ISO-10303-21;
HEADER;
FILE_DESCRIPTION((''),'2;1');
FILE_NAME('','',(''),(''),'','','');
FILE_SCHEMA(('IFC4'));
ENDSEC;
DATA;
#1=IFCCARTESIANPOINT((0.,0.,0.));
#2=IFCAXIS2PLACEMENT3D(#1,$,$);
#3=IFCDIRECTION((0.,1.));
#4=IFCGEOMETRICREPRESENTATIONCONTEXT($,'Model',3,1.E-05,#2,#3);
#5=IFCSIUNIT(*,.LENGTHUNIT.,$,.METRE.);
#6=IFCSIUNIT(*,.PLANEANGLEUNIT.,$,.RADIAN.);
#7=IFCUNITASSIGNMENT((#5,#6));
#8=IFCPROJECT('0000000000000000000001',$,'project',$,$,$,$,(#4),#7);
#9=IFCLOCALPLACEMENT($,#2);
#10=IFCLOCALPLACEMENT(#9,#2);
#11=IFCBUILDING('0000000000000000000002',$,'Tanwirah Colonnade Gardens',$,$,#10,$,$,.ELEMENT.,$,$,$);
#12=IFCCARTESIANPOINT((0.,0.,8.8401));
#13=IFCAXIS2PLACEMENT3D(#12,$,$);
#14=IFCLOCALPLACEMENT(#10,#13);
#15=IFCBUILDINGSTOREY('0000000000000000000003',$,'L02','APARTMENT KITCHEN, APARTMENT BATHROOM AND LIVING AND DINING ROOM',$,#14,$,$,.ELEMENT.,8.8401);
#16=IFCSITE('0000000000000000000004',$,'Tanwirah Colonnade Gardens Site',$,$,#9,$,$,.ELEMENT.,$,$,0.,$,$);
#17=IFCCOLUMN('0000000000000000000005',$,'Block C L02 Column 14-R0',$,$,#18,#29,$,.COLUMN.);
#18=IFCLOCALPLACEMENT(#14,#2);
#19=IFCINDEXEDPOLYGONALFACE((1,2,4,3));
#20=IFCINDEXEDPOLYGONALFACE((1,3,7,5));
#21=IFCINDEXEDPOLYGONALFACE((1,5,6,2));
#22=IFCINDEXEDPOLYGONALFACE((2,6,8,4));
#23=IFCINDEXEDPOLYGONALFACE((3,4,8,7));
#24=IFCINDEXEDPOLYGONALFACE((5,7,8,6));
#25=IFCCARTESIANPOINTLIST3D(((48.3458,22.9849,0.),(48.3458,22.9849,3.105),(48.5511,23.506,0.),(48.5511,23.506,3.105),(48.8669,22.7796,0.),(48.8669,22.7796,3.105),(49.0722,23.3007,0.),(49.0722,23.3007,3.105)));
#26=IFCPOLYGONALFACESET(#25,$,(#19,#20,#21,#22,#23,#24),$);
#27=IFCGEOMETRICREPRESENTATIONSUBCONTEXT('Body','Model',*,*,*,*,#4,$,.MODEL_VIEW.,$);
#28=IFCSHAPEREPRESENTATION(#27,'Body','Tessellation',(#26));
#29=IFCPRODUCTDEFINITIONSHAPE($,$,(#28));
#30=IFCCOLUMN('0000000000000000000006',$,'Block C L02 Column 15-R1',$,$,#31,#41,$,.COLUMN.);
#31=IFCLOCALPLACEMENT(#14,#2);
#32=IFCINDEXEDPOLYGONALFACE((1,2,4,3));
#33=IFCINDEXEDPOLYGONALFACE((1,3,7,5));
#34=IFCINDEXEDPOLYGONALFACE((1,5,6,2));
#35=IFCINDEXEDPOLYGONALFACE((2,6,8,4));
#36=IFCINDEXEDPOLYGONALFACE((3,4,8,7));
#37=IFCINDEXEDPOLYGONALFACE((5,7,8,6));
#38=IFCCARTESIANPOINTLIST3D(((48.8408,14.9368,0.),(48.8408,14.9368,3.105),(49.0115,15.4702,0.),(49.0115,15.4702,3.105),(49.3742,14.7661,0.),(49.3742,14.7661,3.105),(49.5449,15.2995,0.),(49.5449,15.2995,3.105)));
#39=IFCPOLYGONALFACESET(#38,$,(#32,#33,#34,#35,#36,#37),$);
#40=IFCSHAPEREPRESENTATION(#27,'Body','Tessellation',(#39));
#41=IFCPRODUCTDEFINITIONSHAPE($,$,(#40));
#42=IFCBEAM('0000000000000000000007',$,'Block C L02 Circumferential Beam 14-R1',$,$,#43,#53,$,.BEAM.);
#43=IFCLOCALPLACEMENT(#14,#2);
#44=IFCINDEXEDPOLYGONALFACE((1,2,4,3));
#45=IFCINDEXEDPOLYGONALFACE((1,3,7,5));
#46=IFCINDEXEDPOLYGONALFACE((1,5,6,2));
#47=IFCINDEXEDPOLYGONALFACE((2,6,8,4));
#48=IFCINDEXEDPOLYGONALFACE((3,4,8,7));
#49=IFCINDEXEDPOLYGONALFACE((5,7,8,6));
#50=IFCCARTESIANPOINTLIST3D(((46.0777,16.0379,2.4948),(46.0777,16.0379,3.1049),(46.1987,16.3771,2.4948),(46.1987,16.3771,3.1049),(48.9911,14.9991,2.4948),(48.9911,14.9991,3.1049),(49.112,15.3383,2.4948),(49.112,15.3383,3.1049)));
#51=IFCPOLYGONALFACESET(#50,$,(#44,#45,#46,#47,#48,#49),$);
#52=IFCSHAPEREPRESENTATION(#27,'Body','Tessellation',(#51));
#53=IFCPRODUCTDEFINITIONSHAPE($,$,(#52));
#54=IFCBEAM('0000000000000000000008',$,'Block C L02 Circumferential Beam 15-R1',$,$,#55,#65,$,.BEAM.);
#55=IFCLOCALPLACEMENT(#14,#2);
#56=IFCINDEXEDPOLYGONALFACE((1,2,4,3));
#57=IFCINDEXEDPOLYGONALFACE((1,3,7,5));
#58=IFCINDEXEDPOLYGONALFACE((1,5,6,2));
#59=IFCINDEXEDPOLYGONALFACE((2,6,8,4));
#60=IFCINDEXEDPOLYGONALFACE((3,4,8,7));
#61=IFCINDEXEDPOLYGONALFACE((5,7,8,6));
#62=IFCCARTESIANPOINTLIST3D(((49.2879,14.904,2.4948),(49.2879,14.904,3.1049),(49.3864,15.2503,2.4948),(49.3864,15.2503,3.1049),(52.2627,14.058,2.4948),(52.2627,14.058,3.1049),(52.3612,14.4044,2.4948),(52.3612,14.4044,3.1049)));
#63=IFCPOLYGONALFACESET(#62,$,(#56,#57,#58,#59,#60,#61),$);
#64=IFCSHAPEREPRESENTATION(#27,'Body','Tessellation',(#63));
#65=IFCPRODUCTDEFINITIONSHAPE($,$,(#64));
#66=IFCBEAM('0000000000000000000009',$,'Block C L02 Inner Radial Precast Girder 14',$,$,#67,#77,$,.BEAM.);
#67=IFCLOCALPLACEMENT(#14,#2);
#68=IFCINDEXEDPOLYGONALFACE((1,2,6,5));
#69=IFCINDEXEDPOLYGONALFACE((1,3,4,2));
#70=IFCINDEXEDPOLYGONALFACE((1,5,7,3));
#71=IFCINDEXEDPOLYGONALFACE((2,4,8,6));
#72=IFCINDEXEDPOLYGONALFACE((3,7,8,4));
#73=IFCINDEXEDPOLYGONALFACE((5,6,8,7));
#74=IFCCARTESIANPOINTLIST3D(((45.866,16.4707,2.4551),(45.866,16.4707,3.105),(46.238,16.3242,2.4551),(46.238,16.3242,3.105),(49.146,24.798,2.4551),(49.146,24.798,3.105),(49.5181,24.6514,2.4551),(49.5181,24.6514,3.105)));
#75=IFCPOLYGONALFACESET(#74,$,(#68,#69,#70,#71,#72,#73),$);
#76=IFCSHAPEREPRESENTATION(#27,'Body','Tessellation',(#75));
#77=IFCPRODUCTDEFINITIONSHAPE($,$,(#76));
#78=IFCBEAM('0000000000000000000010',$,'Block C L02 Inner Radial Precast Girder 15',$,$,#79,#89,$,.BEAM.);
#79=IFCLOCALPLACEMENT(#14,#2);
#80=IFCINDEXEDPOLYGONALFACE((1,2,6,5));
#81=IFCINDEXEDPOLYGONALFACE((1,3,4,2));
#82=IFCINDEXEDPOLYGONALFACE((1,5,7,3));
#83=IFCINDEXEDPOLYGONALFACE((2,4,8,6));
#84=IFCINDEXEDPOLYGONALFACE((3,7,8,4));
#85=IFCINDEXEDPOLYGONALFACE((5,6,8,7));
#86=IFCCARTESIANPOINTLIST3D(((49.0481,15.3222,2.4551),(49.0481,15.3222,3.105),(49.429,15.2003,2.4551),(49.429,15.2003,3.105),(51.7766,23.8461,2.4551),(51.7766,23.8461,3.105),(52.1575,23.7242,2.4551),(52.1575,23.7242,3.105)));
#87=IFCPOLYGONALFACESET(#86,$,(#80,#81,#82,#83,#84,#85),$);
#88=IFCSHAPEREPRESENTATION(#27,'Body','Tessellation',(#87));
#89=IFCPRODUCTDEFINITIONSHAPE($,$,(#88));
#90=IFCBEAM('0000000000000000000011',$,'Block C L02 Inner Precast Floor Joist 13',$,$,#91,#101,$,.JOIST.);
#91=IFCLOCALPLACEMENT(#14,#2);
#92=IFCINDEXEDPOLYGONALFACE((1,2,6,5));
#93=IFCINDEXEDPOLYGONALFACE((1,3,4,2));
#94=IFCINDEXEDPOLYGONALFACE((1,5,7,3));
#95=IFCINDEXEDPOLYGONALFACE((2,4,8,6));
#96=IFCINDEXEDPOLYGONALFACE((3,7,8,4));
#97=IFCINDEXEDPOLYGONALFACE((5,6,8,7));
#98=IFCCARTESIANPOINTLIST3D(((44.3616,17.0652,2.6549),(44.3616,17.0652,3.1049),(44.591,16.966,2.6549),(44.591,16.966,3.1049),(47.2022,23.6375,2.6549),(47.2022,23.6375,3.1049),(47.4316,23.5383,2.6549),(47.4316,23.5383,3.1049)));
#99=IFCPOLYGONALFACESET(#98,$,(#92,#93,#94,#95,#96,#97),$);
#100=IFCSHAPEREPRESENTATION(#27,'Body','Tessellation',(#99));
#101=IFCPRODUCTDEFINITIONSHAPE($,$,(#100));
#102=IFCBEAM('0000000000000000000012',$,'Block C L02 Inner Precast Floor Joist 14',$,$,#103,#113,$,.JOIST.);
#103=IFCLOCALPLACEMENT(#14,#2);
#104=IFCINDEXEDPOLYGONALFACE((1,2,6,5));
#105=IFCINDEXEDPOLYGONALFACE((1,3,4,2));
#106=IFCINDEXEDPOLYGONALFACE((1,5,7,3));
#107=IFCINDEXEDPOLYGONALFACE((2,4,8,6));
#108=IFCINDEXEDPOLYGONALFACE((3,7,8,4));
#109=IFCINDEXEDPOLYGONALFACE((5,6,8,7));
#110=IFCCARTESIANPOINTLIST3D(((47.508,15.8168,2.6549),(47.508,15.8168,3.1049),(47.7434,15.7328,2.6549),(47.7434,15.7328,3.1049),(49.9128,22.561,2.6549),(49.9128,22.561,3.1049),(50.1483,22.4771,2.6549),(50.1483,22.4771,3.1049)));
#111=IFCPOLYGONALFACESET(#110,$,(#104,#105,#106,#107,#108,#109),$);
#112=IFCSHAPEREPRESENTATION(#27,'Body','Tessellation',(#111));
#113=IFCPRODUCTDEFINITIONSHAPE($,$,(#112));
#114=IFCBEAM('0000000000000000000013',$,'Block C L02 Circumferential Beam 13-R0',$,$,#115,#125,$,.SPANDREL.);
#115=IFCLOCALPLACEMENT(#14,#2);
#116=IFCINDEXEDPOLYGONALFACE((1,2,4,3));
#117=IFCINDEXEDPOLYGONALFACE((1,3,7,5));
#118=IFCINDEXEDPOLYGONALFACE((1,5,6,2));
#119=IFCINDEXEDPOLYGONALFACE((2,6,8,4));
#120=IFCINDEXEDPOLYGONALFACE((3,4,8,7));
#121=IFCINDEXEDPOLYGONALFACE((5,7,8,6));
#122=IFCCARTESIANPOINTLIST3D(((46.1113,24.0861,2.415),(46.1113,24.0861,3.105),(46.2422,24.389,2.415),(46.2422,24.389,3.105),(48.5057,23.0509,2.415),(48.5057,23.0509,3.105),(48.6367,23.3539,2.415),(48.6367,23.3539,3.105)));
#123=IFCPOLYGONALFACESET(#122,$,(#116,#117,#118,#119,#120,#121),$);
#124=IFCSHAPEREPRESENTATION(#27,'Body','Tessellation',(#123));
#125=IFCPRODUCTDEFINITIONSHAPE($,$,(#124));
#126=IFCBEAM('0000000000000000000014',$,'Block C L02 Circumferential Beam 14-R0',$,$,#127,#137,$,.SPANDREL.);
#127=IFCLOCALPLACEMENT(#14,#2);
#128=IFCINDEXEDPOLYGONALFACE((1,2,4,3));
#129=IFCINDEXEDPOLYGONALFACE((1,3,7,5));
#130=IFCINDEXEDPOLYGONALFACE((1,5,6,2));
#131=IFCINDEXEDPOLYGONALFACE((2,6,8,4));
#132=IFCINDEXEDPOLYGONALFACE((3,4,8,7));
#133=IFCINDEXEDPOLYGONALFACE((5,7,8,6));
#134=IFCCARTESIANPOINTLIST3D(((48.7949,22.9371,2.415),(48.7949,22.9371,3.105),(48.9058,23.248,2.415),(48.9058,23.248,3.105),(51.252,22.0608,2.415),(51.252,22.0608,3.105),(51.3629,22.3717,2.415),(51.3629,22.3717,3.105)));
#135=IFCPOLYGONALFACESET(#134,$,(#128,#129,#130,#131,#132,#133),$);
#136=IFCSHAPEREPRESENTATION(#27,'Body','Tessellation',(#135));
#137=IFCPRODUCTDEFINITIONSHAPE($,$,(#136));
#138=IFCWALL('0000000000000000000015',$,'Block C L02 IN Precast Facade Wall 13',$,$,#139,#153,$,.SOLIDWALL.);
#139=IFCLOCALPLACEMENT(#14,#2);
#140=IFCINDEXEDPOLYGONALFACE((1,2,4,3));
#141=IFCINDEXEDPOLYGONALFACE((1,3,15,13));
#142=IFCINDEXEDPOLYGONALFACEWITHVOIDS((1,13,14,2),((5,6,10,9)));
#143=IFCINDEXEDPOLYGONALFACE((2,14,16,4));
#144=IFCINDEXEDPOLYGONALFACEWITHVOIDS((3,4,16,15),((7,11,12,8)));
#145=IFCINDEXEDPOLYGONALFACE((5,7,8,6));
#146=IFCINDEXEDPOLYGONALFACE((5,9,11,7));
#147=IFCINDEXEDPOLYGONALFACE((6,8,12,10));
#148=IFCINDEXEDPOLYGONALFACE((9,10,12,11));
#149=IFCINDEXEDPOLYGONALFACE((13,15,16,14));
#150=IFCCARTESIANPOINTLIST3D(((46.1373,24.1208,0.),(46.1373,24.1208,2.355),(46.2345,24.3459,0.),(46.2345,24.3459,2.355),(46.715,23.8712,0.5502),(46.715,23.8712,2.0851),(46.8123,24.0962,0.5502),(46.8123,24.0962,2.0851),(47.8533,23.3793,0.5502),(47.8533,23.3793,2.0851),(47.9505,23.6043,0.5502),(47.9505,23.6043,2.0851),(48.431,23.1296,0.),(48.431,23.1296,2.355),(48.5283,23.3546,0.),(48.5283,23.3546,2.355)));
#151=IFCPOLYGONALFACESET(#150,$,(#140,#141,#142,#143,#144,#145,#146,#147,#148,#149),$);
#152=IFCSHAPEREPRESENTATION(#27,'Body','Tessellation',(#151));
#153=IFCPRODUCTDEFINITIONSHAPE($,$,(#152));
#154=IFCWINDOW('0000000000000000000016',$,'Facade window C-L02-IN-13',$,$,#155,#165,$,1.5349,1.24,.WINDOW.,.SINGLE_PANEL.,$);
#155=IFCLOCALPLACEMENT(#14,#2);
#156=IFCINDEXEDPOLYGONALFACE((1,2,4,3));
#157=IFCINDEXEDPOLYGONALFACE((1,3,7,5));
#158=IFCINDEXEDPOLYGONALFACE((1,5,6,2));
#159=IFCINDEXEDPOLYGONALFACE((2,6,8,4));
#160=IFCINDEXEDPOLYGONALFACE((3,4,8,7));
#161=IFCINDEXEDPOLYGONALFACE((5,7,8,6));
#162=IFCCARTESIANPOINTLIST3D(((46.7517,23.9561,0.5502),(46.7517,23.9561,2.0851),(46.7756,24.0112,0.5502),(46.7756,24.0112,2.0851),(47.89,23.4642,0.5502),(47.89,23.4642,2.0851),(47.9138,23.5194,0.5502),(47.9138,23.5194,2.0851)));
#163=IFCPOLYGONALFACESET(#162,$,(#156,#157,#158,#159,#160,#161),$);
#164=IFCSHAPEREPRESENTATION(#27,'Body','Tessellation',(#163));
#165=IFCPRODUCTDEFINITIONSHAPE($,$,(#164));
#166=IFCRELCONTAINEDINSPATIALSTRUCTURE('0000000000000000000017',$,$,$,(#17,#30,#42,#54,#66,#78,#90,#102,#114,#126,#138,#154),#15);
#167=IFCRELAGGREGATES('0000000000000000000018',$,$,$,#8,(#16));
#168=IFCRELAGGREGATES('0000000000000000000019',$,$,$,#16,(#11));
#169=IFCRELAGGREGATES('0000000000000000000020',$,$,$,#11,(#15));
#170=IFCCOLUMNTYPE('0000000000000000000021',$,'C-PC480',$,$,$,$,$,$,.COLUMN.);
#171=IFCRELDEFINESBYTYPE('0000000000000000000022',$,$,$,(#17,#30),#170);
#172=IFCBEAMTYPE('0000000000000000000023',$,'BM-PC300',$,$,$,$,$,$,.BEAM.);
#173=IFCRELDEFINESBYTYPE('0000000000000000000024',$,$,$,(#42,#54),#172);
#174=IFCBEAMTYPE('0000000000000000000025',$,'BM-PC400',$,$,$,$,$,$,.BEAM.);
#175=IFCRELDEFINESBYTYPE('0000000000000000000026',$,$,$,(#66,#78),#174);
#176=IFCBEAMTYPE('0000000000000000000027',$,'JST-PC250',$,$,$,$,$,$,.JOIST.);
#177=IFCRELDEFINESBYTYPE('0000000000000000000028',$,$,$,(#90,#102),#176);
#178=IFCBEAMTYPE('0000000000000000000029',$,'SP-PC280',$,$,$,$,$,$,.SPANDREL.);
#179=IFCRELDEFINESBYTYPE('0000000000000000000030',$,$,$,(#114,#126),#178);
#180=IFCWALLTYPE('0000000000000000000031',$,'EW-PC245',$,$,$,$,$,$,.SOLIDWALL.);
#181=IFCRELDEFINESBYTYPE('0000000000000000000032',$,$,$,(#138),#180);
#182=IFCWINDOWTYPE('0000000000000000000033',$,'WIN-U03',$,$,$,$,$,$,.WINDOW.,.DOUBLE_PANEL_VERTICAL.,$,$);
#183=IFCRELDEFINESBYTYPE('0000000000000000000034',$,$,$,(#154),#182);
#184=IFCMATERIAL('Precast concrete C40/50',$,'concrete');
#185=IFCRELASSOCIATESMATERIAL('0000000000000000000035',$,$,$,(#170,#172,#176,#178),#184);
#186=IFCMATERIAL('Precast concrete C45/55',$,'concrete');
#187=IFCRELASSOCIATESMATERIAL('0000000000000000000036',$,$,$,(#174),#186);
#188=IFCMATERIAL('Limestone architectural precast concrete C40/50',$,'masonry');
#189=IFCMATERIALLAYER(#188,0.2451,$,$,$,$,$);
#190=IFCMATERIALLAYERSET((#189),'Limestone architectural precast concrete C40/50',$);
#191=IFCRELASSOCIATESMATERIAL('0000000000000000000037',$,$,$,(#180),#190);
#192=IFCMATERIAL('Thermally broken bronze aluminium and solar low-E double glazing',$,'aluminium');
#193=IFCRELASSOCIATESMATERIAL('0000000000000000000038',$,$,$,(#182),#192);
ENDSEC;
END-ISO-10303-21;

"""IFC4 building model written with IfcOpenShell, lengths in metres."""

from ifc_helpers import new_model, si_unit, direction, frame, frame_2d, origin, origin_2d, place, context, subcontext, project, spatial, rectangle, extrude, material, layer, layer_set, material_profile, profile_set, type_object, element, fill, save


model = new_model("IFC4")

# Units and contexts
model_context = context("Model", 3, precision=1e-05, world=origin(), true_north=direction((0.0, 1.0)))
body_context = subcontext(model_context, "Body", "Model", "MODEL_VIEW")
ifc_project = project(units=[si_unit("LENGTHUNIT", "METRE"), si_unit("PLANEANGLEUNIT", "RADIAN")], contexts=[model_context])

# Site, building, storey
site_placement = place(None, origin())
site = spatial("IfcSite", under=ifc_project, at=site_placement, Name="Tanwirah Colonnade Gardens Site", CompositionType="ELEMENT", RefElevation=0.0)
building_placement = place(site_placement, origin())
building = spatial("IfcBuilding", under=site, at=building_placement, Name="Tanwirah Colonnade Gardens", CompositionType="ELEMENT")
storey_placement = place(building_placement, frame((0.0, 0.0, 8.8401)))
storey = spatial("IfcBuildingStorey", under=building, at=storey_placement, Name="L02", Description="APARTMENT KITCHEN, APARTMENT BATHROOM AND LIVING AND DINING ROOM", CompositionType="ELEMENT", Elevation=8.8401)

# Columns
ifc_material_1 = material(Name="Precast concrete C40/50", Category="concrete")
ifc_material_profile_1 = material_profile(ifc_material_1, rectangle(XDim=0.5601, YDim=0.5601, at=origin_2d()), Name="PC-COL 560x560")
ifc_profile_set_1 = profile_set([ifc_material_profile_1], Name="Precast concrete C40/50")
column_type = type_object("IfcColumnType", Name="C-PC480", PredefinedType="COLUMN", material=ifc_profile_set_1)
for number, where, z_axis, x_axis, name in (
    (1, (48.709, 23.1428, 0.0), (0.0, 0.0, 1.0), (-0.366501, -0.930418, 0.0), "Block C L02 Column 14-R0"),
    (2, (49.1929, 15.1182, 0.0), (0.0, 0.0, 1.0), (-0.304864, -0.952396, 0.0), "Block C L02 Column 15-R1"),
):
    element("IfcColumn", number, at=place(storey_placement, frame(where, z_axis=z_axis, x_axis=x_axis)), inside=storey, type_object=column_type, Name=name, PredefinedType="COLUMN", context=body_context, shape_type="SweptSolid", body=[
        extrude(rectangle(XDim=0.5601, YDim=0.5601, at=origin_2d()), origin(), (0.0, 0.0, 1.0), 3.105),
    ])

# Beams
ifc_material_profile_2 = material_profile(ifc_material_1, rectangle(XDim=0.3601, YDim=0.6101, at=origin_2d()), Name="PC-BM 360x610")
ifc_profile_set_2 = profile_set([ifc_material_profile_2], Name="Precast concrete C40/50")
beam_type_1 = type_object("IfcBeamType", Name="BM-PC300", PredefinedType="BEAM", material=ifc_profile_set_2)
beam_1_placement = place(storey_placement, frame((46.1382, 16.2075, 2.7998), z_axis=(0.941911, -0.335861, 0.0), x_axis=(0.335861, 0.941911, 0.0)))
element("IfcBeam", 3, at=beam_1_placement, inside=storey, type_object=beam_type_1, Name="Block C L02 Circumferential Beam 14-R1", PredefinedType="BEAM", context=body_context, shape_type="SweptSolid", body=[
    extrude(rectangle(XDim=0.3601, YDim=0.6101, at=origin_2d()), origin(), (0.0, 0.0, 1.0), 3.093),
])
beam_2_placement = place(storey_placement, frame((49.3372, 15.0771, 2.7998), z_axis=(0.961866, -0.273522, 0.0), x_axis=(0.273522, 0.961866, 0.0)))
element("IfcBeam", 4, at=beam_2_placement, inside=storey, type_object=beam_type_1, Name="Block C L02 Circumferential Beam 15-R1", PredefinedType="BEAM", context=body_context, shape_type="SweptSolid", body=[
    extrude(rectangle(XDim=0.3601, YDim=0.6101, at=origin_2d()), origin(), (0.0, 0.0, 1.0), 3.0928),
])
ifc_material_2 = material(Name="Precast concrete C45/55", Category="concrete")
ifc_material_profile_3 = material_profile(ifc_material_2, rectangle(XDim=0.3999, YDim=0.6499, at=origin_2d()), Name="PC-BM 400x650")
ifc_profile_set_3 = profile_set([ifc_material_profile_3], Name="Precast concrete C45/55")
beam_type_2 = type_object("IfcBeamType", Name="BM-PC400", PredefinedType="BEAM", material=ifc_profile_set_3)
for number, where, z_axis, x_axis, name in (
    (5, (46.052, 16.3975, 2.78), (0.366489, 0.930422, 0.0), (-0.930422, 0.366489, 0.0), "Block C L02 Inner Radial Precast Girder 14"),
    (6, (49.2385, 15.2612, 2.78), (0.304863, 0.952396, 0.0), (-0.952396, 0.304863, 0.0), "Block C L02 Inner Radial Precast Girder 15"),
):
    element("IfcBeam", number, at=place(storey_placement, frame(where, z_axis=z_axis, x_axis=x_axis)), inside=storey, type_object=beam_type_2, Name=name, PredefinedType="BEAM", context=body_context, shape_type="SweptSolid", body=[
        extrude(rectangle(XDim=0.3999, YDim=0.6499, at=origin_2d()), origin(), (0.0, 0.0, 1.0), 8.95),
    ])
ifc_material_profile_4 = material_profile(ifc_material_1, rectangle(XDim=0.25, YDim=0.45, at=origin_2d()), Name="PC-JST 250x450")
ifc_profile_set_4 = profile_set([ifc_material_profile_4], Name="Precast concrete C40/50")
beam_type_3 = type_object("IfcBeamType", Name="JST-PC250", PredefinedType="JOIST", material=ifc_profile_set_4)
beam_3_placement = place(storey_placement, frame((47.3169, 23.5879, 2.8799), z_axis=(-0.396736, -0.917933, 0.0), x_axis=(0.917933, -0.396736, 0.0)))
element("IfcBeam", 7, at=beam_3_placement, inside=storey, type_object=beam_type_3, Name="Block C L02 Inner Precast Floor Joist 13", PredefinedType="JOIST", context=body_context, shape_type="SweptSolid", body=[
    extrude(rectangle(XDim=0.25, YDim=0.45, at=origin_2d()), origin(), (0.0, 0.0, 1.0), 7.1599),
])
beam_4_placement = place(storey_placement, frame((50.0305, 22.519, 2.8799), z_axis=(-0.335861, -0.941912, 0.0), x_axis=(0.941912, -0.335861, 0.0)))
element("IfcBeam", 8, at=beam_4_placement, inside=storey, type_object=beam_type_3, Name="Block C L02 Inner Precast Floor Joist 14", PredefinedType="JOIST", context=body_context, shape_type="SweptSolid", body=[
    extrude(rectangle(XDim=0.25, YDim=0.45, at=origin_2d()), origin(), (0.0, 0.0, 1.0), 7.1602),
])
ifc_material_profile_5 = material_profile(ifc_material_1, rectangle(XDim=0.3301, YDim=0.6899, at=origin_2d()), Name="PC-SP 330x690")
ifc_profile_set_5 = profile_set([ifc_material_profile_5], Name="Precast concrete C40/50")
beam_type_4 = type_object("IfcBeamType", Name="SP-PC280", PredefinedType="SPANDREL", material=ifc_profile_set_5)
for number, where, z_axis, x_axis, name in (
    (9, (46.1768, 24.2375, 2.76), (0.917901, -0.396809, 0.0), (0.396809, 0.917901, 0.0), "Block C L02 Circumferential Beam 13-R0"),
    (10, (48.8503, 23.0925, 2.76), (0.941898, -0.335898, 0.0), (0.335898, 0.941898, 0.0), "Block C L02 Circumferential Beam 14-R0"),
):
    element("IfcBeam", number, at=place(storey_placement, frame(where, z_axis=z_axis, x_axis=x_axis)), inside=storey, type_object=beam_type_4, Name=name, PredefinedType="SPANDREL", context=body_context, shape_type="SweptSolid", body=[
        extrude(rectangle(XDim=0.3301, YDim=0.6899, at=origin_2d()), origin(), (0.0, 0.0, 1.0), 2.6086),
    ])

# Wall, opening, window
ifc_material_3 = material(Name="Limestone architectural precast concrete C40/50", Category="masonry")
ifc_layer_1 = layer(ifc_material_3, 0.2451)
ifc_layer_set_1 = layer_set([ifc_layer_1], Name="Limestone architectural precast concrete C40/50")
wall_type_1 = type_object("IfcWallType", Name="EW-PC245", PredefinedType="SOLIDWALL", material=ifc_layer_set_1)
wall_1_placement = place(storey_placement, frame((46.1858, 24.2334, 0.0), z_axis=(0.0, 0.0, 1.0), x_axis=(0.917953, -0.396689, 0.0)))
wall_1 = element("IfcWall", 11, at=wall_1_placement, inside=storey, type_object=wall_type_1, Name="Block C L02 IN Precast Facade Wall 13", PredefinedType="SOLIDWALL", context=body_context, shape_type="SweptSolid", body=[
    extrude(rectangle(XDim=2.4988, YDim=0.2451, at=frame_2d((1.2495, 0.0))), origin(), (0.0, 0.0, 1.0), 2.355),
])
opening_1_placement = place(wall_1_placement, frame((0.6294, 0.0, 0.55)))
opening_1 = element("IfcOpeningElement", 12, at=opening_1_placement, cuts=wall_1, PredefinedType="OPENING", context=body_context, shape_type="SweptSolid", body=[
    extrude(rectangle(XDim=1.24, YDim=1.5349, at=frame_2d((0.6201, 0.7676))), frame((0.0, 0.1326, 0.0), z_axis=(0.0, -1.0, 0.0), x_axis=(1.0, 0.0, 0.0)), (0.0, 0.0, 1.0), 0.2651),
])
ifc_material_4 = material(Name="Thermally broken bronze aluminium and solar low-E double glazing", Category="aluminium")
window_type = type_object("IfcWindowType", Name="WIN-U03", PartitioningType="DOUBLE_PANEL_VERTICAL", PredefinedType="WINDOW", material=ifc_material_4)
window_placement = place(opening_1_placement, origin())
window = element("IfcWindow", 13, at=window_placement, inside=storey, type_object=window_type, Name="Facade window C-L02-IN-13", OverallHeight=1.5349, OverallWidth=1.24, PartitioningType="SINGLE_PANEL", PredefinedType="WINDOW", context=body_context, shape_type="SweptSolid", body=[
    extrude(rectangle(XDim=1.24, YDim=1.5349, at=frame_2d((0.6201, 0.7676))), frame((0.0, 0.03, 0.0), z_axis=(0.0, -1.0, 0.0), x_axis=(1.0, 0.0, 0.0)), (0.0, 0.0, 1.0), 0.0601),
])
fill(opening_1, window)

save(model, "model.ifc")
